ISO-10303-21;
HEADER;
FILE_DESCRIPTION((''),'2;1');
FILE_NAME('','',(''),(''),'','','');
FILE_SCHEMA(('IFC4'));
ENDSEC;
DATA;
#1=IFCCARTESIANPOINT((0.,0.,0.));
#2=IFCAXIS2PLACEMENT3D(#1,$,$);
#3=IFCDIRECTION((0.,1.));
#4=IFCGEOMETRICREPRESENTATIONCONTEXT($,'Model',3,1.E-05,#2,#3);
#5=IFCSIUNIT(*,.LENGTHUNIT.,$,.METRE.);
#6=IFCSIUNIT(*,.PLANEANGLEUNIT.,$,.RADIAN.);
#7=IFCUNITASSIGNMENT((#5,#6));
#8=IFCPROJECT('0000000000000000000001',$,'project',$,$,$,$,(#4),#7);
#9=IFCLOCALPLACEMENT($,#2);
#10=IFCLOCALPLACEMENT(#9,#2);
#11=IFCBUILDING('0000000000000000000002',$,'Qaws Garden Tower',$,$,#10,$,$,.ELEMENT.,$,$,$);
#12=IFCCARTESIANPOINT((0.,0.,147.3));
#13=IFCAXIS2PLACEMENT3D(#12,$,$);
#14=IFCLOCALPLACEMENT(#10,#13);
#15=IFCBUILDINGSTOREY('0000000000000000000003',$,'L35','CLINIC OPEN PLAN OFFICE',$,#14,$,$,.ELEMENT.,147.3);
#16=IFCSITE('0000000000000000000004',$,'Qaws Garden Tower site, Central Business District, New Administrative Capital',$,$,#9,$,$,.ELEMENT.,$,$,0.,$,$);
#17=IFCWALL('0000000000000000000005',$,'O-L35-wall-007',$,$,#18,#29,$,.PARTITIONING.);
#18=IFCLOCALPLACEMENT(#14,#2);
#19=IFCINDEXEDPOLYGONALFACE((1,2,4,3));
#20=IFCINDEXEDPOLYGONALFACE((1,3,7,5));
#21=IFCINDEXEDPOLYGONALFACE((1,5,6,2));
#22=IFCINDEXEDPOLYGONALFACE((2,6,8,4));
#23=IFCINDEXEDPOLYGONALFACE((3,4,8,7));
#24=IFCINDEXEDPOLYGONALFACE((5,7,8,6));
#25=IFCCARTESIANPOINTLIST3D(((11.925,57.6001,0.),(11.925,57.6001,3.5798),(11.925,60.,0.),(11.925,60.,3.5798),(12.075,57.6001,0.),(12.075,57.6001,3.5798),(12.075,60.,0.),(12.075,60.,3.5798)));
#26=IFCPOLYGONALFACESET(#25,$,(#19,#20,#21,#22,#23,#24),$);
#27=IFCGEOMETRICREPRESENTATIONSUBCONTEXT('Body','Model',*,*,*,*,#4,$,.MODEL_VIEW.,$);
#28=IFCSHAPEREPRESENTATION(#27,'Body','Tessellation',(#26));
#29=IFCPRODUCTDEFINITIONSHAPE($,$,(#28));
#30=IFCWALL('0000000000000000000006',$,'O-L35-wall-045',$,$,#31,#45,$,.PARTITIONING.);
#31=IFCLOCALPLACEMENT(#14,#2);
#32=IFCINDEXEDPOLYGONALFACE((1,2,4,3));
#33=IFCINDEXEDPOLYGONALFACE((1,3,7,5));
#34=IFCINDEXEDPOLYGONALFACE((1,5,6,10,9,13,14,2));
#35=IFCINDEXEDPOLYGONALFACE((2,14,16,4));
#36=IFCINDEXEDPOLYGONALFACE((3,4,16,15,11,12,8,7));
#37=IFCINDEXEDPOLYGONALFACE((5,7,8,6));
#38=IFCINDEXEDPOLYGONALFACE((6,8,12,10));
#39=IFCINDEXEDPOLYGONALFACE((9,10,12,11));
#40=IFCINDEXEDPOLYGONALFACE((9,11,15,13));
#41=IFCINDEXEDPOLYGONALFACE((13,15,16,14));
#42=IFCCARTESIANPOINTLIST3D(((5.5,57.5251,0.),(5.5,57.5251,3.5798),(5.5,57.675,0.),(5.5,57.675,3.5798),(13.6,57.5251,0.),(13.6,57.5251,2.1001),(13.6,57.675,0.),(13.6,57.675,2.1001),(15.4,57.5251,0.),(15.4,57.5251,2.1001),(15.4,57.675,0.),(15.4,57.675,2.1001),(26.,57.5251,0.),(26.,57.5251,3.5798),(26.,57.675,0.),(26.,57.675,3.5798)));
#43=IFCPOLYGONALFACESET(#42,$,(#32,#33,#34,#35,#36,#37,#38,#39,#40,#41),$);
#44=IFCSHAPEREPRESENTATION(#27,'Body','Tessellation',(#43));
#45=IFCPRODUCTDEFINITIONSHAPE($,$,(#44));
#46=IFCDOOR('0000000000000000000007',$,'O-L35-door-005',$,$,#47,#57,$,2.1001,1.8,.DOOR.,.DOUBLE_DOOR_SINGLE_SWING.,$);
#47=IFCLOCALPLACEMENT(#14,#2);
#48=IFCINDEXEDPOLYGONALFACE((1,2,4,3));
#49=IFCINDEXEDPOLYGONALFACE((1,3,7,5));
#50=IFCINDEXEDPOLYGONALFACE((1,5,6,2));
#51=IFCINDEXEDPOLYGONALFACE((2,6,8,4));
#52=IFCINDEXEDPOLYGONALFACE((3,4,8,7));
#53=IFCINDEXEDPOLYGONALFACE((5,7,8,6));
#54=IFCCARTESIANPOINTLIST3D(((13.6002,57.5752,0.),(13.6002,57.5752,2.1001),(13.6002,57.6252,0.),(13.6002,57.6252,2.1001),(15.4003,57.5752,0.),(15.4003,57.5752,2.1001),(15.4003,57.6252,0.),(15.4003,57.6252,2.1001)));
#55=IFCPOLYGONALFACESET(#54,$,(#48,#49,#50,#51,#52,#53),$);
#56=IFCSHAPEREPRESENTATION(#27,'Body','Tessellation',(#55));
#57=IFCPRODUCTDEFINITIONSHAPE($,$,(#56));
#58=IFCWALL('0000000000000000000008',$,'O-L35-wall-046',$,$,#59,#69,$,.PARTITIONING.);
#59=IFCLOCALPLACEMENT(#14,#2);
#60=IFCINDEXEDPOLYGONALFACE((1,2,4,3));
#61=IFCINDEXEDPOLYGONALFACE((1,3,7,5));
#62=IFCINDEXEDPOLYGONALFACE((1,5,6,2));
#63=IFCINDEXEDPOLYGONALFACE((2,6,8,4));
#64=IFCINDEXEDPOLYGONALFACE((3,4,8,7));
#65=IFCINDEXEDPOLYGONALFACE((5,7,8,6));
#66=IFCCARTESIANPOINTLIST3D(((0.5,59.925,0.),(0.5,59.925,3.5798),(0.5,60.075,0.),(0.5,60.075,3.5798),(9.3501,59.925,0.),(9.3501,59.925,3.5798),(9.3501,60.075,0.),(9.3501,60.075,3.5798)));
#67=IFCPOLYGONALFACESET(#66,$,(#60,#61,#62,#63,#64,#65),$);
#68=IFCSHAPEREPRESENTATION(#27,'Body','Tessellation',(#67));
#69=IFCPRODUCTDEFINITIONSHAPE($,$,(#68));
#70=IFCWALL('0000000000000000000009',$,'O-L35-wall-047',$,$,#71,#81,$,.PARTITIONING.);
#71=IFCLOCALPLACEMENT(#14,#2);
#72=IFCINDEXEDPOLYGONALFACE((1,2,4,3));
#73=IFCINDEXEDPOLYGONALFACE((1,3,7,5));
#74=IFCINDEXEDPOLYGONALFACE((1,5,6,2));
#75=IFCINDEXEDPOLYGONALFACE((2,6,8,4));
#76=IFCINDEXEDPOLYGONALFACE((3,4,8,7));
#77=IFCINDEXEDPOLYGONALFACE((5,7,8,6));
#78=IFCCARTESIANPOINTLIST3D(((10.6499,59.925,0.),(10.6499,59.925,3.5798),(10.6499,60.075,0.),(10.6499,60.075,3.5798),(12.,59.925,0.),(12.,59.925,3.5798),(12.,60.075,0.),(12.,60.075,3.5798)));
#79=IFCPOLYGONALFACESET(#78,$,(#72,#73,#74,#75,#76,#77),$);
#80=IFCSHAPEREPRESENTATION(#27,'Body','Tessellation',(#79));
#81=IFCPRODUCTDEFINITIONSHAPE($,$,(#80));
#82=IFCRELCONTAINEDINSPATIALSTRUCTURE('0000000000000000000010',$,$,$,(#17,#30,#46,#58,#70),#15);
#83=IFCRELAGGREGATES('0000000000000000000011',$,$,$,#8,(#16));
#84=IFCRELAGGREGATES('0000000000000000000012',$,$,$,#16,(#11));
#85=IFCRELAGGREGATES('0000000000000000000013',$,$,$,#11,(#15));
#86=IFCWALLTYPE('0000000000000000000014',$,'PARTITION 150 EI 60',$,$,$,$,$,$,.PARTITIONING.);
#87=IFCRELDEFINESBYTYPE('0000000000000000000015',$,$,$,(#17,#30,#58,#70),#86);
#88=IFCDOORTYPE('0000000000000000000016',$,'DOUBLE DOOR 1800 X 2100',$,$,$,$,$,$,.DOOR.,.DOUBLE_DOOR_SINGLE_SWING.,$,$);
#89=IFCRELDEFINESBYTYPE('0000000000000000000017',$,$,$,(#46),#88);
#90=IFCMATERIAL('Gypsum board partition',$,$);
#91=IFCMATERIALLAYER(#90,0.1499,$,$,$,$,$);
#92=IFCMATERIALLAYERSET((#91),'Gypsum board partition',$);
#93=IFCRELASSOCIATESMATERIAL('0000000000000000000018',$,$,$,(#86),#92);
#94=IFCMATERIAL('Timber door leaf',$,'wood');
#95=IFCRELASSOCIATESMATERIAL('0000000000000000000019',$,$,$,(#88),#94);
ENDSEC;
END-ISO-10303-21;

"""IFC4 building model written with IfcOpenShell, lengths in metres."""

from ifc_helpers import new_model, si_unit, direction, frame, frame_2d, origin, place, context, subcontext, project, spatial, rectangle, extrude, material, layer, layer_set, type_object, element, fill, save


model = new_model("IFC4")

# Units and contexts
model_context = context("Model", 3, precision=1e-05, world=origin(), true_north=direction((0.0, 1.0)))
body_context = subcontext(model_context, "Body", "Model", "MODEL_VIEW")
ifc_project = project(units=[si_unit("LENGTHUNIT", "METRE"), si_unit("PLANEANGLEUNIT", "RADIAN")], contexts=[model_context])

# Site, building, storey
site_placement = place(None, origin())
site = spatial("IfcSite", under=ifc_project, at=site_placement, Name="Qaws Garden Tower site, Central Business District, New Administrative Capital", CompositionType="ELEMENT", RefElevation=0.0)
building_placement = place(site_placement, origin())
building = spatial("IfcBuilding", under=site, at=building_placement, Name="Qaws Garden Tower", CompositionType="ELEMENT")
storey_placement = place(building_placement, frame((0.0, 0.0, 147.3)))
storey = spatial("IfcBuildingStorey", under=building, at=storey_placement, Name="L35", Description="CLINIC OPEN PLAN OFFICE", CompositionType="ELEMENT", Elevation=147.3)

# Shared definitions
ifc_material_1 = material(Name="Gypsum board partition")
ifc_layer_1 = layer(ifc_material_1, 0.1499)
ifc_layer_set_1 = layer_set([ifc_layer_1], Name="Gypsum board partition")
wall_type_1 = type_object("IfcWallType", Name="PARTITION 150 EI 60", PredefinedType="PARTITIONING", material=ifc_layer_set_1)
ifc_material_2 = material(Name="Timber door leaf", Category="wood")
door_type_1 = type_object("IfcDoorType", Name="DOUBLE DOOR 1800 X 2100", OperationType="DOUBLE_DOOR_SINGLE_SWING", PredefinedType="DOOR", material=ifc_material_2)

# Wall
wall_1_placement = place(storey_placement, frame((12.0, 57.6001, 0.0), z_axis=(0.0, 0.0, 1.0), x_axis=(0.0, 1.0, 0.0)))
element("IfcWall", 1, at=wall_1_placement, inside=storey, type_object=wall_type_1, Name="O-L35-wall-007", PredefinedType="PARTITIONING", context=body_context, shape_type="SweptSolid", body=[
    extrude(rectangle(XDim=2.3999, YDim=0.1499, at=frame_2d((1.2, 0.0))), origin(), (0.0, 0.0, 1.0), 3.5798),
])

# Wall, opening, door
wall_2_placement = place(storey_placement, frame((5.5, 57.6001, 0.0), z_axis=(0.0, 0.0, 1.0), x_axis=(1.0, 0.0, 0.0)))
wall_2 = element("IfcWall", 2, at=wall_2_placement, inside=storey, type_object=wall_type_1, Name="O-L35-wall-045", PredefinedType="PARTITIONING", context=body_context, shape_type="SweptSolid", body=[
    extrude(rectangle(XDim=20.5, YDim=0.1499, at=frame_2d((10.25, 0.0))), origin(), (0.0, 0.0, 1.0), 3.5798),
])
opening_1_placement = place(wall_2_placement, frame((8.1001, 0.0, 0.0)))
opening_1 = element("IfcOpeningElement", 3, at=opening_1_placement, cuts=wall_2, PredefinedType="OPENING", context=body_context, shape_type="SweptSolid", body=[
    extrude(rectangle(XDim=1.8, YDim=2.1001, at=frame_2d((0.8999, 1.05))), frame((0.0, 0.085, 0.0), z_axis=(0.0, -1.0, 0.0), x_axis=(1.0, 0.0, 0.0)), (0.0, 0.0, 1.0), 0.1699),
])
door_1_placement = place(opening_1_placement, frame((1.8, 0.0, 0.0), z_axis=(0.0, 0.0, 1.0), x_axis=(-1.0, 0.0, 0.0)))
door_1 = element("IfcDoor", 4, at=door_1_placement, inside=storey, type_object=door_type_1, Name="O-L35-door-005", OperationType="DOUBLE_DOOR_SINGLE_SWING", OverallHeight=2.1001, OverallWidth=1.8, PredefinedType="DOOR", context=body_context, shape_type="SweptSolid", body=[
    extrude(rectangle(XDim=1.8, YDim=2.1001, at=frame_2d((0.8999, 1.05))), frame((0.0, 0.0249, 0.0), z_axis=(0.0, -1.0, 0.0), x_axis=(1.0, 0.0, 0.0)), (0.0, 0.0, 1.0), 0.05),
])
fill(opening_1, door_1)

# Walls
wall_3_placement = place(storey_placement, frame((0.5, 60.0, 0.0), z_axis=(0.0, 0.0, 1.0), x_axis=(1.0, 0.0, 0.0)))
element("IfcWall", 5, at=wall_3_placement, inside=storey, type_object=wall_type_1, Name="O-L35-wall-046", PredefinedType="PARTITIONING", context=body_context, shape_type="SweptSolid", body=[
    extrude(rectangle(XDim=8.8501, YDim=0.1499, at=frame_2d((4.425, 0.0))), origin(), (0.0, 0.0, 1.0), 3.5798),
])
wall_4_placement = place(storey_placement, frame((10.6499, 60.0, 0.0), z_axis=(0.0, 0.0, 1.0), x_axis=(1.0, 0.0, 0.0)))
element("IfcWall", 6, at=wall_4_placement, inside=storey, type_object=wall_type_1, Name="O-L35-wall-047", PredefinedType="PARTITIONING", context=body_context, shape_type="SweptSolid", body=[
    extrude(rectangle(XDim=1.3501, YDim=0.1499, at=frame_2d((0.675, 0.0))), origin(), (0.0, 0.0, 1.0), 3.5798),
])

save(model, "model.ifc")
